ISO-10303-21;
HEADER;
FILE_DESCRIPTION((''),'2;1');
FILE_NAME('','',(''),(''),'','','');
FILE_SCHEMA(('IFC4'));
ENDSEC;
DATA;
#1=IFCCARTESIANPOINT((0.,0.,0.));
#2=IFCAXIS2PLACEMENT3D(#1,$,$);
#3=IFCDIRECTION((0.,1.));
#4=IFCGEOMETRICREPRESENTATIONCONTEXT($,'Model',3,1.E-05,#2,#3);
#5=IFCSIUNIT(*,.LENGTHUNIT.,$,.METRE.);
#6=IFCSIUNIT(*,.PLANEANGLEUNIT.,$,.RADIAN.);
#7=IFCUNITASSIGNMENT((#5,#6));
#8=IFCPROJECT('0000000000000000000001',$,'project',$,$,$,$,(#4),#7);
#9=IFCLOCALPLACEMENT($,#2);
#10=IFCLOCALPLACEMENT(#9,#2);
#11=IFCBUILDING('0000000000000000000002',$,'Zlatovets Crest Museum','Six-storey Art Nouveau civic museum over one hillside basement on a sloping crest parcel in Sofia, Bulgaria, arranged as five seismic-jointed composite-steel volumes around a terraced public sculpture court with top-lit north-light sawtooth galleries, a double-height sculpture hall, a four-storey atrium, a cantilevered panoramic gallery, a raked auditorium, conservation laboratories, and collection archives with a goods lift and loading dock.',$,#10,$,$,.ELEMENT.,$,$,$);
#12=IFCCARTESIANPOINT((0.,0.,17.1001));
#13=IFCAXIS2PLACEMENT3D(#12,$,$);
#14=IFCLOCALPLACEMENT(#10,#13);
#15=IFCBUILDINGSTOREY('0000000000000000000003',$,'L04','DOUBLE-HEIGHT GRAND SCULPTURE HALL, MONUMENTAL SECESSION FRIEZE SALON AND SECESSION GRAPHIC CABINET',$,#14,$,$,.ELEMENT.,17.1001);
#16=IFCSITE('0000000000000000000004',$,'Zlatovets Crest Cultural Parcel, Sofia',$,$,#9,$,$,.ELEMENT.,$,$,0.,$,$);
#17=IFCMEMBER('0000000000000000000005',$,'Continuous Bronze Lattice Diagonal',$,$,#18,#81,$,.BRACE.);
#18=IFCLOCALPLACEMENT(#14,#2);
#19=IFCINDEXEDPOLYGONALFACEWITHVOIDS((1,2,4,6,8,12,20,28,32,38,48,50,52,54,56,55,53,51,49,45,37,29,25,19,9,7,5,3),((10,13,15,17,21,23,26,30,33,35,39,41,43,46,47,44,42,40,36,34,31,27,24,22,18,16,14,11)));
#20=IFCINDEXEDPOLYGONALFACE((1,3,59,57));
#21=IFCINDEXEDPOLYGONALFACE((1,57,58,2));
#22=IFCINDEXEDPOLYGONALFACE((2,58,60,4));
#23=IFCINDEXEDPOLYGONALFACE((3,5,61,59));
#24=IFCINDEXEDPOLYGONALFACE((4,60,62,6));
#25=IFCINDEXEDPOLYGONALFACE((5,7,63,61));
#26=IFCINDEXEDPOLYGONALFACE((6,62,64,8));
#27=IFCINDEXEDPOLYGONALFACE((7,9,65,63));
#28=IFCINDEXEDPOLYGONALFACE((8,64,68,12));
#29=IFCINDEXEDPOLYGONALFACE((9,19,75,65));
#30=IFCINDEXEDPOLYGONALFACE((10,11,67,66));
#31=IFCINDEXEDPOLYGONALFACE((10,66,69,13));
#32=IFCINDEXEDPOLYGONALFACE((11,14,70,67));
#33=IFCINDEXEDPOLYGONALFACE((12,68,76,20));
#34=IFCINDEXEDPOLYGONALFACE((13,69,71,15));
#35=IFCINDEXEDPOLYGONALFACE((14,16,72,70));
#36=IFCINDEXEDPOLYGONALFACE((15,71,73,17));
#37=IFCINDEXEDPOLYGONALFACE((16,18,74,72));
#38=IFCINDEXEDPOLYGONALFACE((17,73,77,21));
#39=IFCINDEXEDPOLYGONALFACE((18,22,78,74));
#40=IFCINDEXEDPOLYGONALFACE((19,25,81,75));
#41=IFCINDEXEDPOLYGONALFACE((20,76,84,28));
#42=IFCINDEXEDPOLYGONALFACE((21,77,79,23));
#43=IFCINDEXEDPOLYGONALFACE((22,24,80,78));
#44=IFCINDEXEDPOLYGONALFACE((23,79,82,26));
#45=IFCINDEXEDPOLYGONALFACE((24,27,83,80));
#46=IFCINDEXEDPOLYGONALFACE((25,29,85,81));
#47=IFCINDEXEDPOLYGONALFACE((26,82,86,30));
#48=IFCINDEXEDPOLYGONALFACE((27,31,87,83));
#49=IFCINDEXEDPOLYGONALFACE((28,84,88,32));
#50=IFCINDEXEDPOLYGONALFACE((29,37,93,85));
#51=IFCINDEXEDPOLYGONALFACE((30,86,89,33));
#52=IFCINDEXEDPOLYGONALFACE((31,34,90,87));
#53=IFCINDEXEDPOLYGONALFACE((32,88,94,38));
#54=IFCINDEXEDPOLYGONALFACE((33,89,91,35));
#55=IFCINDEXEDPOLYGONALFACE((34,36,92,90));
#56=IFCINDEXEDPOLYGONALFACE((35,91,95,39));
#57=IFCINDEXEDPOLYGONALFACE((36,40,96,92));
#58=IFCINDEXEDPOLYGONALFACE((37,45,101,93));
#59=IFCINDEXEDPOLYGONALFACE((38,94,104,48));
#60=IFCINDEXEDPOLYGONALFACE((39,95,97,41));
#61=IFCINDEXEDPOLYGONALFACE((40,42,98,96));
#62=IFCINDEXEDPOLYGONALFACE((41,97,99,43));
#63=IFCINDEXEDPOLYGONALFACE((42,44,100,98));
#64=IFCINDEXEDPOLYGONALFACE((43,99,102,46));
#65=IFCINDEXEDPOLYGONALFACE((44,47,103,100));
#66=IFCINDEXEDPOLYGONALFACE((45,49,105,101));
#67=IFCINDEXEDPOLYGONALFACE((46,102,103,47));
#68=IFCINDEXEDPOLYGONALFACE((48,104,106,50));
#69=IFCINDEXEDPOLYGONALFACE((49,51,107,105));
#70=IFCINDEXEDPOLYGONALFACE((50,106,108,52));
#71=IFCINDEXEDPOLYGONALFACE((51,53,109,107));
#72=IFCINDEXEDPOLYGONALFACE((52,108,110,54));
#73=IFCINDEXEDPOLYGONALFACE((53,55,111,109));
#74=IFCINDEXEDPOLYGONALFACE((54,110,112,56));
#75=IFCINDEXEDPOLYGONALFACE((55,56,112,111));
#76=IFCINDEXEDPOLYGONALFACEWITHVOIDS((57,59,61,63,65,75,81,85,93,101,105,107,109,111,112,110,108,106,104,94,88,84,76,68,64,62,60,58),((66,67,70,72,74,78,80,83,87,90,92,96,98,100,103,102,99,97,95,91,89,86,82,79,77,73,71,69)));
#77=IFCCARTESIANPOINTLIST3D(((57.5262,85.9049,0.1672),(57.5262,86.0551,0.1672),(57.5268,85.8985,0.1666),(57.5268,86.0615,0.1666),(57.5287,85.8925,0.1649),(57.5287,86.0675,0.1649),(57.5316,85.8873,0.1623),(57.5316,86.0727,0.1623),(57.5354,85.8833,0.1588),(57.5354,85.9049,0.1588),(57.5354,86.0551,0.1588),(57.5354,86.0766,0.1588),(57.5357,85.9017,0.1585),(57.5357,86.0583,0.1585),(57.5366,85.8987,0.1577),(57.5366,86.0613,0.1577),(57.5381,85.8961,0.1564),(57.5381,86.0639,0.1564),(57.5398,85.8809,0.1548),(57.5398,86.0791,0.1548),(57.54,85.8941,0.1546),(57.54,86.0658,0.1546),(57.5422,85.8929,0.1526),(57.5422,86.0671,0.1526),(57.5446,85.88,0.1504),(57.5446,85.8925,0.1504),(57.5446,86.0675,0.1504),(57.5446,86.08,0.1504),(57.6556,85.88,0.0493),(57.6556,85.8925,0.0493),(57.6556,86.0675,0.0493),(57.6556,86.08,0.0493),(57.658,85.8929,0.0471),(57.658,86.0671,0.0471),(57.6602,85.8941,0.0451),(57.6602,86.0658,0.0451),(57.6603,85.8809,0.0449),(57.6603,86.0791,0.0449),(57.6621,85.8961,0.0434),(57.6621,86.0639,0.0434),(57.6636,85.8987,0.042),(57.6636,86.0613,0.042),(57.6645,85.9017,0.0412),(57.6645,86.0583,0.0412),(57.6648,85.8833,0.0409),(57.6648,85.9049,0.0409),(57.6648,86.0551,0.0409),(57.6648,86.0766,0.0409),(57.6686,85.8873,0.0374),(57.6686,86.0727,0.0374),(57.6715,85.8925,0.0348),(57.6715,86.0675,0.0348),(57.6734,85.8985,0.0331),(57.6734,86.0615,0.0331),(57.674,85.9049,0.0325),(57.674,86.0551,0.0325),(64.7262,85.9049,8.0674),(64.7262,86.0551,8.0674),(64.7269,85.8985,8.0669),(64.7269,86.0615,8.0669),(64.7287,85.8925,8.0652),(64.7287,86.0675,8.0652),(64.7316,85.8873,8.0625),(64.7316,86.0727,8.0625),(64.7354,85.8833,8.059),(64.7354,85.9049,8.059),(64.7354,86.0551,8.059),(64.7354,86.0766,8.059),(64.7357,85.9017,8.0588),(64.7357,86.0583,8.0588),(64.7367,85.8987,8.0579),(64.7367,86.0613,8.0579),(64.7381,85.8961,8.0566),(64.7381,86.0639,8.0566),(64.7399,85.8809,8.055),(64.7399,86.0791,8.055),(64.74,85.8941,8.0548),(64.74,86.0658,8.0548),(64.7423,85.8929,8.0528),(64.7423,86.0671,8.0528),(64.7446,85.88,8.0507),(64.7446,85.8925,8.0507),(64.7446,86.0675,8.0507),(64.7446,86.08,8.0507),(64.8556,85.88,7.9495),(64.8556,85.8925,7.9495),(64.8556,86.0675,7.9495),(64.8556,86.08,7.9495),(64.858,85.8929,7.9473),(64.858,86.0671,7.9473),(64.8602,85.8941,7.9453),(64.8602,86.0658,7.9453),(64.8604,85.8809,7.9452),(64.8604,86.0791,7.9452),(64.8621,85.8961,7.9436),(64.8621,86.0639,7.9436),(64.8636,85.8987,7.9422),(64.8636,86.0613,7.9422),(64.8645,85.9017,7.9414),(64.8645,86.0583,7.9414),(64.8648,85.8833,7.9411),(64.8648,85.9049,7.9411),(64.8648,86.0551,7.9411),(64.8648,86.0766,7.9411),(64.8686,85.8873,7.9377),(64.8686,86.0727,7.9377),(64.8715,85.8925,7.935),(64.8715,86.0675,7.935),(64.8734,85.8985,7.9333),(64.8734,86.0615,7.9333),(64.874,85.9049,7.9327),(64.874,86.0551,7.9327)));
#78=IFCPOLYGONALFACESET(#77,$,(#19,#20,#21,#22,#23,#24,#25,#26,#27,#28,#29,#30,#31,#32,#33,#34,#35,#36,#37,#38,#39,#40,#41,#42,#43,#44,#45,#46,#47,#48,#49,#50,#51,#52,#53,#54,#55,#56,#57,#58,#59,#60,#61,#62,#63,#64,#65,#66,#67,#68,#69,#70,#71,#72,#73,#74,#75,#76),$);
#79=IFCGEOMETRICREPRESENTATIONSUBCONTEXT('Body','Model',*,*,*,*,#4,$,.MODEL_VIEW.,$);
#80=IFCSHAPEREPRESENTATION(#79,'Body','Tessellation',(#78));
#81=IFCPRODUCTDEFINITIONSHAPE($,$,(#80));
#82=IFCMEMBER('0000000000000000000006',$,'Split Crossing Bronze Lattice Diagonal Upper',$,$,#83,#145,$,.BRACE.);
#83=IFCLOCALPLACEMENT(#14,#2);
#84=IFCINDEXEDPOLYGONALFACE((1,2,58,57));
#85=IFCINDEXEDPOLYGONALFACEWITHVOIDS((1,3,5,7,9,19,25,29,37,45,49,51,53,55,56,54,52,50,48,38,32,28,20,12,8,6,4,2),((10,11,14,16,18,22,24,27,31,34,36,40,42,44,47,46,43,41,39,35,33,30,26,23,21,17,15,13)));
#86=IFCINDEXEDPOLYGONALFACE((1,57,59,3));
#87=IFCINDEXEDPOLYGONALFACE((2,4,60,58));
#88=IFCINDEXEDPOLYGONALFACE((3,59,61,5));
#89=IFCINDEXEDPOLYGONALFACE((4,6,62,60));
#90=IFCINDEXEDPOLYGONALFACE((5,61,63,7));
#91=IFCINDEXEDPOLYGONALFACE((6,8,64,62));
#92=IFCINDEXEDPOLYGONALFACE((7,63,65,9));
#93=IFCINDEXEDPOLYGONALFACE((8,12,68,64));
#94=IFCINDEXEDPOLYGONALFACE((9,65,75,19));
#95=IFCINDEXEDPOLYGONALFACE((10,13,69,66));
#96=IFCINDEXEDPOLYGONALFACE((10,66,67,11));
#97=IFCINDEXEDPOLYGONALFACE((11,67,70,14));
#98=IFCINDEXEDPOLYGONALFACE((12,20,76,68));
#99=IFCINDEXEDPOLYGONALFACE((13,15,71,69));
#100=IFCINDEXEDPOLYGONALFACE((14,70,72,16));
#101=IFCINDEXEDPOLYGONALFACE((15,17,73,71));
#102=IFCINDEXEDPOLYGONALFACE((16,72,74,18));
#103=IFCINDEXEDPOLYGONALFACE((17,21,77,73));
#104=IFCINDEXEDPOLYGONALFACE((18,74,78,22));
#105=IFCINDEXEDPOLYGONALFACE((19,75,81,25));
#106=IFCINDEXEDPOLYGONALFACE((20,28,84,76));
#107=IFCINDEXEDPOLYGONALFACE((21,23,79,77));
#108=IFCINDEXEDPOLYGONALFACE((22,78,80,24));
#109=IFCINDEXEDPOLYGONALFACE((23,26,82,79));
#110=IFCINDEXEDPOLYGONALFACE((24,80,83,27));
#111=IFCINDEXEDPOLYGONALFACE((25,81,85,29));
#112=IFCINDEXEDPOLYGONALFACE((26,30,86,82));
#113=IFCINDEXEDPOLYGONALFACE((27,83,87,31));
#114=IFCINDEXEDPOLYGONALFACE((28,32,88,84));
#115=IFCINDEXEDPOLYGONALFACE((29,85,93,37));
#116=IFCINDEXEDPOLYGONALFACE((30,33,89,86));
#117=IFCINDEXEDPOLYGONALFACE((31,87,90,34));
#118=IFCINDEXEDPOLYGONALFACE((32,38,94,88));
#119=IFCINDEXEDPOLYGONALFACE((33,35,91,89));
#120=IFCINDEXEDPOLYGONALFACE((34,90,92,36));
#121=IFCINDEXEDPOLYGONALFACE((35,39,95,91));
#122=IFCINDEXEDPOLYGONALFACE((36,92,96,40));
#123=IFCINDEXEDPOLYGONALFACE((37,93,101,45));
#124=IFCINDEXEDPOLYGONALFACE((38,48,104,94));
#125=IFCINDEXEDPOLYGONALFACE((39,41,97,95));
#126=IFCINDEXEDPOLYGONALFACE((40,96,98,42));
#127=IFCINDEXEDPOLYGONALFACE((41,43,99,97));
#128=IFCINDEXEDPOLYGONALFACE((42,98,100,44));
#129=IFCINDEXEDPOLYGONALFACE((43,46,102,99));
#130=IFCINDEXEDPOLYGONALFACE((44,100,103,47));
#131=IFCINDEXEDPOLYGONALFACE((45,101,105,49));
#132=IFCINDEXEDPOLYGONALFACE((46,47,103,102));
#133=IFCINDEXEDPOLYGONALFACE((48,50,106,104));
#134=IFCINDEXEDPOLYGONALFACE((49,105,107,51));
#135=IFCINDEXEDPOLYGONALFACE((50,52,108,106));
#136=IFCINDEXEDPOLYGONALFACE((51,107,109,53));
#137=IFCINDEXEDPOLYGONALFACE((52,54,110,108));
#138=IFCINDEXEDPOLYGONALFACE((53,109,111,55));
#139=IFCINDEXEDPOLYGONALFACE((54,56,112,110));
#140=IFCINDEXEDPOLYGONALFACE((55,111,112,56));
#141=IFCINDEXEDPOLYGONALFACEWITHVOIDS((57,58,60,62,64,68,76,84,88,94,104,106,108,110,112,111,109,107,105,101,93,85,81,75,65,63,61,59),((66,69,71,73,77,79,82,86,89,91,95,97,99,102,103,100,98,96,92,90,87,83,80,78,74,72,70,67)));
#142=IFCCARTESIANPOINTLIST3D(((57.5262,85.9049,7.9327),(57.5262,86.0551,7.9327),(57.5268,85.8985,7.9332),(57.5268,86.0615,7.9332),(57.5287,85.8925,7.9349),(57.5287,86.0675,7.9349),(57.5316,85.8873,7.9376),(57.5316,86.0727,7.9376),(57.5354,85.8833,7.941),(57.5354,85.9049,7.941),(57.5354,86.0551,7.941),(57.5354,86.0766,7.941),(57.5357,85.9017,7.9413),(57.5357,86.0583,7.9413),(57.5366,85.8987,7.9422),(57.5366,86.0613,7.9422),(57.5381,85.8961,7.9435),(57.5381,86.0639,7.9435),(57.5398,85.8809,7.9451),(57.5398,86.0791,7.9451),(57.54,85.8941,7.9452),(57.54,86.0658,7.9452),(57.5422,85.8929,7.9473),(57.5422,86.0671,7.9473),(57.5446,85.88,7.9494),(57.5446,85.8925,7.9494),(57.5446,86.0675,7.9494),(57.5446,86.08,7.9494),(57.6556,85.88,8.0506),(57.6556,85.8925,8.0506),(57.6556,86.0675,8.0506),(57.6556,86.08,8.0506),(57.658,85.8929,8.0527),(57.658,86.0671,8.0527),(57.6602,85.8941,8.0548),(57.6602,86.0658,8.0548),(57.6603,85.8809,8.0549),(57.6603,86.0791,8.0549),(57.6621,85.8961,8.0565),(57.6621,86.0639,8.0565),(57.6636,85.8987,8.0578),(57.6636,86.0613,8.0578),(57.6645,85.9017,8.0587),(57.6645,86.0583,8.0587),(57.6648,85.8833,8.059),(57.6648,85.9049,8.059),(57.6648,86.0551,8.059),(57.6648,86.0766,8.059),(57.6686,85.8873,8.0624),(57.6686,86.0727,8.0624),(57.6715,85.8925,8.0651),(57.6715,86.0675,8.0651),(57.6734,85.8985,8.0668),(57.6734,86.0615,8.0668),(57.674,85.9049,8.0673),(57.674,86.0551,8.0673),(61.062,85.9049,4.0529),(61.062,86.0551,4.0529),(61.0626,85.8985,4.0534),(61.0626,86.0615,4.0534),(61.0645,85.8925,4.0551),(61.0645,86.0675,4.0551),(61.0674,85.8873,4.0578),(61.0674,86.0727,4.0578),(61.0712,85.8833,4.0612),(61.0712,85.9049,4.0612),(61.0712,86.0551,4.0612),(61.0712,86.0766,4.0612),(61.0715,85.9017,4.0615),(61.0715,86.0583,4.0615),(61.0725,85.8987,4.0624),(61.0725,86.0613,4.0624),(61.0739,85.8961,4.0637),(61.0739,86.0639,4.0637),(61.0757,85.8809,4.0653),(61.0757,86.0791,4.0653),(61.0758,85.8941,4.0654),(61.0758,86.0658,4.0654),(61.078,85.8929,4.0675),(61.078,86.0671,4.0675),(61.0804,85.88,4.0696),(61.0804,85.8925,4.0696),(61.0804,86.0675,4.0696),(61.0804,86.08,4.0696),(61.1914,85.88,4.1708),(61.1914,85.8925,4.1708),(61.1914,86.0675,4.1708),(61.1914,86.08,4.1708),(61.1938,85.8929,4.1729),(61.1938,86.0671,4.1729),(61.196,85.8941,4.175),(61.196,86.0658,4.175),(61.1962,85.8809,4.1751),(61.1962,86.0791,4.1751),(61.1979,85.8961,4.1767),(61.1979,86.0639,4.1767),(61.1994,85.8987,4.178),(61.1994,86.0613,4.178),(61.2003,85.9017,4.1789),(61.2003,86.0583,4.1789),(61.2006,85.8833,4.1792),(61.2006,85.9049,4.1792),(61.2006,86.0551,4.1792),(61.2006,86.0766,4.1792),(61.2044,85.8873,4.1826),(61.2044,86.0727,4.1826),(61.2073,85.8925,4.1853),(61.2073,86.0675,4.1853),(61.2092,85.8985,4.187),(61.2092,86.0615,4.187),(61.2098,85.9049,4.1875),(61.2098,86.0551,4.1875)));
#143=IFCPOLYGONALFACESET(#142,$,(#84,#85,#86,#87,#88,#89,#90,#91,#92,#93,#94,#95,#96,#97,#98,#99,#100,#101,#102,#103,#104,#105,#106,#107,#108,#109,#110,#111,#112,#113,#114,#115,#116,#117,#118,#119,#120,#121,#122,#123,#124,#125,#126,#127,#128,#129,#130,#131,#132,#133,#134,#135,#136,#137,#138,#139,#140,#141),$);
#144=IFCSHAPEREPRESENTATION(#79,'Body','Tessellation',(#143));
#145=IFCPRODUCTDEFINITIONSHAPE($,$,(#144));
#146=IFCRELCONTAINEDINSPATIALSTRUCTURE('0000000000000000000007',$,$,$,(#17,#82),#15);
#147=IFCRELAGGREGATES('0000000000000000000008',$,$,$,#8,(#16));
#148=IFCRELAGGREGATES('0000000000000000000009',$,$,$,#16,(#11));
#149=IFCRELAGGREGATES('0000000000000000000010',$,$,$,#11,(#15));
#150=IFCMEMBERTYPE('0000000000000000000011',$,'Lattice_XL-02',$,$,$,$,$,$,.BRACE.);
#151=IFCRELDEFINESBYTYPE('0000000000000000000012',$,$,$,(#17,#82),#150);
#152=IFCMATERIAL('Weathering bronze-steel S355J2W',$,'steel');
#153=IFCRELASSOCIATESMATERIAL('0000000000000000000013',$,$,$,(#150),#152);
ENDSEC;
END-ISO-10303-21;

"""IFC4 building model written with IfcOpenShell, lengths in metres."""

from ifc_helpers import new_model, si_unit, direction, frame, origin, origin_2d, place, context, subcontext, project, spatial, hollow_rectangle, extrude, material, material_profile, profile_set, type_object, element, save


model = new_model("IFC4")

# Units and contexts
model_context = context("Model", 3, precision=1e-05, world=origin(), true_north=direction((0.0, 1.0)))
body_context = subcontext(model_context, "Body", "Model", "MODEL_VIEW")
ifc_project = project(units=[si_unit("LENGTHUNIT", "METRE"), si_unit("PLANEANGLEUNIT", "RADIAN")], contexts=[model_context])

# Site, building, storey
site_placement = place(None, origin())
site = spatial("IfcSite", under=ifc_project, at=site_placement, Name="Zlatovets Crest Cultural Parcel, Sofia", CompositionType="ELEMENT", RefElevation=0.0)
building_placement = place(site_placement, origin())
building = spatial("IfcBuilding", under=site, at=building_placement, Name="Zlatovets Crest Museum", Description="Six-storey Art Nouveau civic museum over one hillside basement on a sloping crest parcel in Sofia, Bulgaria, arranged as five seismic-jointed composite-steel volumes around a terraced public sculpture court with top-lit north-light sawtooth galleries, a double-height sculpture hall, a four-storey atrium, a cantilevered panoramic gallery, a raked auditorium, conservation laboratories, and collection archives with a goods lift and loading dock.", CompositionType="ELEMENT")
storey_placement = place(building_placement, frame((0.0, 0.0, 17.1001)))
storey = spatial("IfcBuildingStorey", under=building, at=storey_placement, Name="L04", Description="DOUBLE-HEIGHT GRAND SCULPTURE HALL, MONUMENTAL SECESSION FRIEZE SALON AND SECESSION GRAPHIC CABINET", CompositionType="ELEMENT", Elevation=17.1001)

# Members
ifc_material_1 = material(Name="Weathering bronze-steel S355J2W", Category="steel")
ifc_material_profile_1 = material_profile(ifc_material_1, hollow_rectangle(XDim=0.2, YDim=0.2, WallThickness=0.0125, InnerFilletRadius=0.0125, OuterFilletRadius=0.0249, at=origin_2d()), Name="SHS 200x200x12.5")
ifc_profile_set_1 = profile_set([ifc_material_profile_1], Name="Weathering bronze-steel S355J2W")
member_type_1 = type_object("IfcMemberType", Name="Lattice_XL-02", PredefinedType="BRACE", material=ifc_profile_set_1)
member_1_placement = place(storey_placement, frame((57.6001, 85.98, 0.0999), z_axis=(0.673594, 0.0, 0.739101), x_axis=(0.0, 1.0, 0.0)))
element("IfcMember", 1, at=member_1_placement, inside=storey, type_object=member_type_1, Name="Continuous Bronze Lattice Diagonal", PredefinedType="BRACE", context=body_context, shape_type="SweptSolid", body=[
    extrude(hollow_rectangle(XDim=0.2, YDim=0.2, WallThickness=0.0125, InnerFilletRadius=0.0125, OuterFilletRadius=0.0249, at=origin_2d()), origin(), (0.0, 0.0, 1.0), 10.689),
])
member_2_placement = place(storey_placement, frame((57.6001, 85.98, 8.0), z_axis=(0.673582, 0.0, -0.739112), x_axis=(0.0, 1.0, 0.0)))
element("IfcMember", 2, at=member_2_placement, inside=storey, type_object=member_type_1, Name="Split Crossing Bronze Lattice Diagonal Upper", PredefinedType="BRACE", context=body_context, shape_type="SweptSolid", body=[
    extrude(hollow_rectangle(XDim=0.2, YDim=0.2, WallThickness=0.0125, InnerFilletRadius=0.0125, OuterFilletRadius=0.0249, at=origin_2d()), origin(), (0.0, 0.0, 1.0), 5.2493),
])

save(model, "model.ifc")
